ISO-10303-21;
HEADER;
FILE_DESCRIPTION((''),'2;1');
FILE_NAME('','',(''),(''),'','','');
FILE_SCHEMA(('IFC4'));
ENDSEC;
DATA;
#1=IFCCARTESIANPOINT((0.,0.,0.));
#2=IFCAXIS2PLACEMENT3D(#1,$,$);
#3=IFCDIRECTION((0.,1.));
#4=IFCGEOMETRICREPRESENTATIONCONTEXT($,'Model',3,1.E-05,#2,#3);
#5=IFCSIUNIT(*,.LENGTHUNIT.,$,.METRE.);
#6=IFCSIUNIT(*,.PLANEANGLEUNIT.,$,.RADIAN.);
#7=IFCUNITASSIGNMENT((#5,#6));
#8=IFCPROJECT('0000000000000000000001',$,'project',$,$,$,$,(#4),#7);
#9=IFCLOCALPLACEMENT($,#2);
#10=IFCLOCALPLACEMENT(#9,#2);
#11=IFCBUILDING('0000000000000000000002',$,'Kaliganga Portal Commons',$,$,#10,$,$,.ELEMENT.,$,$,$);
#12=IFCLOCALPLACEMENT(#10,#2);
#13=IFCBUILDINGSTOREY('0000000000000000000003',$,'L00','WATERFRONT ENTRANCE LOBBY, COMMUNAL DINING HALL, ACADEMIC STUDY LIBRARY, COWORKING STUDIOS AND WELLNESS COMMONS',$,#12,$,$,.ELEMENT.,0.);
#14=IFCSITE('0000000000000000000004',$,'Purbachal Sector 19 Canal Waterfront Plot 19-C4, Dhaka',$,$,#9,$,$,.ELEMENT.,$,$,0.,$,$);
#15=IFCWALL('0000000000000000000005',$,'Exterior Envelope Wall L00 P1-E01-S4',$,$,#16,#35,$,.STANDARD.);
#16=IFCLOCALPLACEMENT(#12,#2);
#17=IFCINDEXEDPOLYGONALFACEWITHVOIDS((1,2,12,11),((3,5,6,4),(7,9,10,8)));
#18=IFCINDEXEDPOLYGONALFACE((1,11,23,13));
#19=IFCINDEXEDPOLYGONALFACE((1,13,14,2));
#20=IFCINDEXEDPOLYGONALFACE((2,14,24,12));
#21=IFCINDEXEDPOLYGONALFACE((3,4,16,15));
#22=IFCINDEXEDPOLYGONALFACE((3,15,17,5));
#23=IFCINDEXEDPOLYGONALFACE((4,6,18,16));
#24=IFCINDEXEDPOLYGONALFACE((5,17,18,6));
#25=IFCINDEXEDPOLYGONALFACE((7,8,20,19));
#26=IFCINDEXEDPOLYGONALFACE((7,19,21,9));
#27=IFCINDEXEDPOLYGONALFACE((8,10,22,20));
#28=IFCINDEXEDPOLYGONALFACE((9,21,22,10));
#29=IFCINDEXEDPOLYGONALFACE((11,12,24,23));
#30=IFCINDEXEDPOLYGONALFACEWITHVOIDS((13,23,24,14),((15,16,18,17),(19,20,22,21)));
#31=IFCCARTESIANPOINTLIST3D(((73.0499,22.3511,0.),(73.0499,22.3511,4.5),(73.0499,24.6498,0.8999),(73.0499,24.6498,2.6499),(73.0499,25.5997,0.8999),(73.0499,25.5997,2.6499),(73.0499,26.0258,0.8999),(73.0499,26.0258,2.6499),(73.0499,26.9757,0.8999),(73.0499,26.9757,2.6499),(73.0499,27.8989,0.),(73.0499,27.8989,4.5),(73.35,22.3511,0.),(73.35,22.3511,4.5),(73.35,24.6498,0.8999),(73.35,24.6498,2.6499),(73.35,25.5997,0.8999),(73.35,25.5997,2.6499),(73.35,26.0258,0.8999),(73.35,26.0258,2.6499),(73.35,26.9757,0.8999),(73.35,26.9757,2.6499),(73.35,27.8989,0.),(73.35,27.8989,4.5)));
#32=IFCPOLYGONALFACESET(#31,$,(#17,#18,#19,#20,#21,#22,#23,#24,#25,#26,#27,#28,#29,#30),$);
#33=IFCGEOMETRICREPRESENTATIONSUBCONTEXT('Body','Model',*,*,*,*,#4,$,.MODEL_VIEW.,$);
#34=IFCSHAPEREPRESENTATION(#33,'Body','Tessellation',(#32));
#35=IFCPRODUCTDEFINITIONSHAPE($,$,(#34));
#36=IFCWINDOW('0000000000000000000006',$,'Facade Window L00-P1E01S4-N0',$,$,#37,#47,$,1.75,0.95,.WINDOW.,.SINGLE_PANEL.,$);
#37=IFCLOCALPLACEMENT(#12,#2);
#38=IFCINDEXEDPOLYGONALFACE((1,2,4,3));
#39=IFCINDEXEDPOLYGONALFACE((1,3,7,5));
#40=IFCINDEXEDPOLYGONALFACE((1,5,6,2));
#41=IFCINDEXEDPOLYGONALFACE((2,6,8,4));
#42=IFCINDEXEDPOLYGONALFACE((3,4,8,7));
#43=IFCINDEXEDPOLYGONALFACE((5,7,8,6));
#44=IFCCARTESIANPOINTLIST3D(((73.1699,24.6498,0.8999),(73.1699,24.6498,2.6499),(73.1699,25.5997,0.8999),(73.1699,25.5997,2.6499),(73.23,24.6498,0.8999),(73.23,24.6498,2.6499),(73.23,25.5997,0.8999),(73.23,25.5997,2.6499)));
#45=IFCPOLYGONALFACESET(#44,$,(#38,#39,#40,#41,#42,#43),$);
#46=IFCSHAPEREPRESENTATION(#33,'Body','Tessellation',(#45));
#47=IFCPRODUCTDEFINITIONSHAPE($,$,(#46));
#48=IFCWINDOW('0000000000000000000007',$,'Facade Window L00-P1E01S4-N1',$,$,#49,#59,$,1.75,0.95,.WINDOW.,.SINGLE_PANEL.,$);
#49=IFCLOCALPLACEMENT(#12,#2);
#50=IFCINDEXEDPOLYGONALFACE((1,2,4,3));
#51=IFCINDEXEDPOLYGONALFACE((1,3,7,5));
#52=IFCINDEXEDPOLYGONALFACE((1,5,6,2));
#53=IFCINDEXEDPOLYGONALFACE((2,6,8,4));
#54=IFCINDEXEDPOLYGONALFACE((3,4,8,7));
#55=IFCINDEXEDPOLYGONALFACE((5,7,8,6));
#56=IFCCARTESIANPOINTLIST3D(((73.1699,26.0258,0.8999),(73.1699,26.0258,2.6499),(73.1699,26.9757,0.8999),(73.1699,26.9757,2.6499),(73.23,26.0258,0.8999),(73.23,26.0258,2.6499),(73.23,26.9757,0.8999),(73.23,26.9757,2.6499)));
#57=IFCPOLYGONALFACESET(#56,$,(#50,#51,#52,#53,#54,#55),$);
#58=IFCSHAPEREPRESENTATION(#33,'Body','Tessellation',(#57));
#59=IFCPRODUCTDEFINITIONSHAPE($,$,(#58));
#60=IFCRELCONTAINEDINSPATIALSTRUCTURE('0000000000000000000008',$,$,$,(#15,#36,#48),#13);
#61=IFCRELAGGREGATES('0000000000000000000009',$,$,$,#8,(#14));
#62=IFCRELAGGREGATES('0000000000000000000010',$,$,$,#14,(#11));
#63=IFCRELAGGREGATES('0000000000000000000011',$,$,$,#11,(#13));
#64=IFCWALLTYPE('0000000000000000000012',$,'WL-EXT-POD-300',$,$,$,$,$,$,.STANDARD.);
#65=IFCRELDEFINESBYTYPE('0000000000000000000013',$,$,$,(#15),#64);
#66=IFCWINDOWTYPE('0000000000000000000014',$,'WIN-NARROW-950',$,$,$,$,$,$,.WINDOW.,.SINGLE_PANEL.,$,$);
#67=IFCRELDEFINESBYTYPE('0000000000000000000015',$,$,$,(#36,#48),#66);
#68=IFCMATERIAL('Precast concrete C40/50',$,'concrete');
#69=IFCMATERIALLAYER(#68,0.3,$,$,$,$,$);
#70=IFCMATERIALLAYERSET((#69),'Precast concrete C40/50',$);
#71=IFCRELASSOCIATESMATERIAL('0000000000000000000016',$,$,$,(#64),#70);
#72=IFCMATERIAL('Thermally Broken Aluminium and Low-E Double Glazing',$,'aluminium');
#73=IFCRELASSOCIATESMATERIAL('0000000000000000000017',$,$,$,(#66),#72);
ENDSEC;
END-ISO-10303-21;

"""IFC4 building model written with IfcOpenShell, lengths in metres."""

from ifc_helpers import new_model, si_unit, direction, frame, frame_2d, origin, place, context, subcontext, project, spatial, rectangle, extrude, material, layer, layer_set, type_object, element, fill, save


model = new_model("IFC4")

# Units and contexts
model_context = context("Model", 3, precision=1e-05, world=origin(), true_north=direction((0.0, 1.0)))
body_context = subcontext(model_context, "Body", "Model", "MODEL_VIEW")
ifc_project = project(units=[si_unit("LENGTHUNIT", "METRE"), si_unit("PLANEANGLEUNIT", "RADIAN")], contexts=[model_context])

# Site, building, storey
site_placement = place(None, origin())
site = spatial("IfcSite", under=ifc_project, at=site_placement, Name="Purbachal Sector 19 Canal Waterfront Plot 19-C4, Dhaka", CompositionType="ELEMENT", RefElevation=0.0)
building_placement = place(site_placement, origin())
building = spatial("IfcBuilding", under=site, at=building_placement, Name="Kaliganga Portal Commons", CompositionType="ELEMENT")
storey_placement = place(building_placement, origin())
storey = spatial("IfcBuildingStorey", under=building, at=storey_placement, Name="L00", Description="WATERFRONT ENTRANCE LOBBY, COMMUNAL DINING HALL, ACADEMIC STUDY LIBRARY, COWORKING STUDIOS AND WELLNESS COMMONS", CompositionType="ELEMENT", Elevation=0.0)

# Wall, openings, windows
ifc_material_1 = material(Name="Precast concrete C40/50", Category="concrete")
ifc_layer = layer(ifc_material_1, 0.3)
ifc_layer_set = layer_set([ifc_layer], Name="Precast concrete C40/50")
wall_type = type_object("IfcWallType", Name="WL-EXT-POD-300", PredefinedType="STANDARD", material=ifc_layer_set)
wall_placement = place(storey_placement, frame((73.2, 27.8989, 0.0), z_axis=(0.0, 0.0, 1.0), x_axis=(0.0, -1.0, 0.0)))
wall = element("IfcWall", 1, at=wall_placement, inside=storey, type_object=wall_type, Name="Exterior Envelope Wall L00 P1-E01-S4", PredefinedType="STANDARD", context=body_context, shape_type="SweptSolid", body=[
    extrude(rectangle(XDim=5.5479, YDim=0.3, at=frame_2d((2.7739, 0.0))), origin(), (0.0, 0.0, 1.0), 4.5),
])
opening_1_placement = place(wall_placement, frame((2.2991, 0.0, 0.8999)))
opening_1 = element("IfcOpeningElement", 2, at=opening_1_placement, cuts=wall, PredefinedType="OPENING", context=body_context, shape_type="SweptSolid", body=[
    extrude(rectangle(XDim=0.95, YDim=1.75, at=frame_2d((0.4751, 0.875))), frame((0.0, 0.1602, 0.0), z_axis=(0.0, -1.0, 0.0), x_axis=(1.0, 0.0, 0.0)), (0.0, 0.0, 1.0), 0.3201),
])
opening_2_placement = place(wall_placement, frame((0.9231, 0.0, 0.8999)))
opening_2 = element("IfcOpeningElement", 3, at=opening_2_placement, cuts=wall, PredefinedType="OPENING", context=body_context, shape_type="SweptSolid", body=[
    extrude(rectangle(XDim=0.95, YDim=1.75, at=frame_2d((0.4751, 0.875))), frame((0.0, 0.1602, 0.0), z_axis=(0.0, -1.0, 0.0), x_axis=(1.0, 0.0, 0.0)), (0.0, 0.0, 1.0), 0.3201),
])
ifc_material_2 = material(Name="Thermally Broken Aluminium and Low-E Double Glazing", Category="aluminium")
window_type = type_object("IfcWindowType", Name="WIN-NARROW-950", PartitioningType="SINGLE_PANEL", PredefinedType="WINDOW", material=ifc_material_2)
window_1_placement = place(opening_1_placement, origin())
window_1 = element("IfcWindow", 4, at=window_1_placement, inside=storey, type_object=window_type, Name="Facade Window L00-P1E01S4-N0", OverallHeight=1.75, OverallWidth=0.95, PartitioningType="SINGLE_PANEL", PredefinedType="WINDOW", context=body_context, shape_type="SweptSolid", body=[
    extrude(rectangle(XDim=0.95, YDim=1.75, at=frame_2d((0.4751, 0.875))), frame((0.0, 0.03, 0.0), z_axis=(0.0, -1.0, 0.0), x_axis=(1.0, 0.0, 0.0)), (0.0, 0.0, 1.0), 0.0601),
])
fill(opening_1, window_1)
window_2_placement = place(opening_2_placement, origin())
window_2 = element("IfcWindow", 5, at=window_2_placement, inside=storey, type_object=window_type, Name="Facade Window L00-P1E01S4-N1", OverallHeight=1.75, OverallWidth=0.95, PartitioningType="SINGLE_PANEL", PredefinedType="WINDOW", context=body_context, shape_type="SweptSolid", body=[
    extrude(rectangle(XDim=0.95, YDim=1.75, at=frame_2d((0.4751, 0.875))), frame((0.0, 0.03, 0.0), z_axis=(0.0, -1.0, 0.0), x_axis=(1.0, 0.0, 0.0)), (0.0, 0.0, 1.0), 0.0601),
])
fill(opening_2, window_2)

save(model, "model.ifc")
